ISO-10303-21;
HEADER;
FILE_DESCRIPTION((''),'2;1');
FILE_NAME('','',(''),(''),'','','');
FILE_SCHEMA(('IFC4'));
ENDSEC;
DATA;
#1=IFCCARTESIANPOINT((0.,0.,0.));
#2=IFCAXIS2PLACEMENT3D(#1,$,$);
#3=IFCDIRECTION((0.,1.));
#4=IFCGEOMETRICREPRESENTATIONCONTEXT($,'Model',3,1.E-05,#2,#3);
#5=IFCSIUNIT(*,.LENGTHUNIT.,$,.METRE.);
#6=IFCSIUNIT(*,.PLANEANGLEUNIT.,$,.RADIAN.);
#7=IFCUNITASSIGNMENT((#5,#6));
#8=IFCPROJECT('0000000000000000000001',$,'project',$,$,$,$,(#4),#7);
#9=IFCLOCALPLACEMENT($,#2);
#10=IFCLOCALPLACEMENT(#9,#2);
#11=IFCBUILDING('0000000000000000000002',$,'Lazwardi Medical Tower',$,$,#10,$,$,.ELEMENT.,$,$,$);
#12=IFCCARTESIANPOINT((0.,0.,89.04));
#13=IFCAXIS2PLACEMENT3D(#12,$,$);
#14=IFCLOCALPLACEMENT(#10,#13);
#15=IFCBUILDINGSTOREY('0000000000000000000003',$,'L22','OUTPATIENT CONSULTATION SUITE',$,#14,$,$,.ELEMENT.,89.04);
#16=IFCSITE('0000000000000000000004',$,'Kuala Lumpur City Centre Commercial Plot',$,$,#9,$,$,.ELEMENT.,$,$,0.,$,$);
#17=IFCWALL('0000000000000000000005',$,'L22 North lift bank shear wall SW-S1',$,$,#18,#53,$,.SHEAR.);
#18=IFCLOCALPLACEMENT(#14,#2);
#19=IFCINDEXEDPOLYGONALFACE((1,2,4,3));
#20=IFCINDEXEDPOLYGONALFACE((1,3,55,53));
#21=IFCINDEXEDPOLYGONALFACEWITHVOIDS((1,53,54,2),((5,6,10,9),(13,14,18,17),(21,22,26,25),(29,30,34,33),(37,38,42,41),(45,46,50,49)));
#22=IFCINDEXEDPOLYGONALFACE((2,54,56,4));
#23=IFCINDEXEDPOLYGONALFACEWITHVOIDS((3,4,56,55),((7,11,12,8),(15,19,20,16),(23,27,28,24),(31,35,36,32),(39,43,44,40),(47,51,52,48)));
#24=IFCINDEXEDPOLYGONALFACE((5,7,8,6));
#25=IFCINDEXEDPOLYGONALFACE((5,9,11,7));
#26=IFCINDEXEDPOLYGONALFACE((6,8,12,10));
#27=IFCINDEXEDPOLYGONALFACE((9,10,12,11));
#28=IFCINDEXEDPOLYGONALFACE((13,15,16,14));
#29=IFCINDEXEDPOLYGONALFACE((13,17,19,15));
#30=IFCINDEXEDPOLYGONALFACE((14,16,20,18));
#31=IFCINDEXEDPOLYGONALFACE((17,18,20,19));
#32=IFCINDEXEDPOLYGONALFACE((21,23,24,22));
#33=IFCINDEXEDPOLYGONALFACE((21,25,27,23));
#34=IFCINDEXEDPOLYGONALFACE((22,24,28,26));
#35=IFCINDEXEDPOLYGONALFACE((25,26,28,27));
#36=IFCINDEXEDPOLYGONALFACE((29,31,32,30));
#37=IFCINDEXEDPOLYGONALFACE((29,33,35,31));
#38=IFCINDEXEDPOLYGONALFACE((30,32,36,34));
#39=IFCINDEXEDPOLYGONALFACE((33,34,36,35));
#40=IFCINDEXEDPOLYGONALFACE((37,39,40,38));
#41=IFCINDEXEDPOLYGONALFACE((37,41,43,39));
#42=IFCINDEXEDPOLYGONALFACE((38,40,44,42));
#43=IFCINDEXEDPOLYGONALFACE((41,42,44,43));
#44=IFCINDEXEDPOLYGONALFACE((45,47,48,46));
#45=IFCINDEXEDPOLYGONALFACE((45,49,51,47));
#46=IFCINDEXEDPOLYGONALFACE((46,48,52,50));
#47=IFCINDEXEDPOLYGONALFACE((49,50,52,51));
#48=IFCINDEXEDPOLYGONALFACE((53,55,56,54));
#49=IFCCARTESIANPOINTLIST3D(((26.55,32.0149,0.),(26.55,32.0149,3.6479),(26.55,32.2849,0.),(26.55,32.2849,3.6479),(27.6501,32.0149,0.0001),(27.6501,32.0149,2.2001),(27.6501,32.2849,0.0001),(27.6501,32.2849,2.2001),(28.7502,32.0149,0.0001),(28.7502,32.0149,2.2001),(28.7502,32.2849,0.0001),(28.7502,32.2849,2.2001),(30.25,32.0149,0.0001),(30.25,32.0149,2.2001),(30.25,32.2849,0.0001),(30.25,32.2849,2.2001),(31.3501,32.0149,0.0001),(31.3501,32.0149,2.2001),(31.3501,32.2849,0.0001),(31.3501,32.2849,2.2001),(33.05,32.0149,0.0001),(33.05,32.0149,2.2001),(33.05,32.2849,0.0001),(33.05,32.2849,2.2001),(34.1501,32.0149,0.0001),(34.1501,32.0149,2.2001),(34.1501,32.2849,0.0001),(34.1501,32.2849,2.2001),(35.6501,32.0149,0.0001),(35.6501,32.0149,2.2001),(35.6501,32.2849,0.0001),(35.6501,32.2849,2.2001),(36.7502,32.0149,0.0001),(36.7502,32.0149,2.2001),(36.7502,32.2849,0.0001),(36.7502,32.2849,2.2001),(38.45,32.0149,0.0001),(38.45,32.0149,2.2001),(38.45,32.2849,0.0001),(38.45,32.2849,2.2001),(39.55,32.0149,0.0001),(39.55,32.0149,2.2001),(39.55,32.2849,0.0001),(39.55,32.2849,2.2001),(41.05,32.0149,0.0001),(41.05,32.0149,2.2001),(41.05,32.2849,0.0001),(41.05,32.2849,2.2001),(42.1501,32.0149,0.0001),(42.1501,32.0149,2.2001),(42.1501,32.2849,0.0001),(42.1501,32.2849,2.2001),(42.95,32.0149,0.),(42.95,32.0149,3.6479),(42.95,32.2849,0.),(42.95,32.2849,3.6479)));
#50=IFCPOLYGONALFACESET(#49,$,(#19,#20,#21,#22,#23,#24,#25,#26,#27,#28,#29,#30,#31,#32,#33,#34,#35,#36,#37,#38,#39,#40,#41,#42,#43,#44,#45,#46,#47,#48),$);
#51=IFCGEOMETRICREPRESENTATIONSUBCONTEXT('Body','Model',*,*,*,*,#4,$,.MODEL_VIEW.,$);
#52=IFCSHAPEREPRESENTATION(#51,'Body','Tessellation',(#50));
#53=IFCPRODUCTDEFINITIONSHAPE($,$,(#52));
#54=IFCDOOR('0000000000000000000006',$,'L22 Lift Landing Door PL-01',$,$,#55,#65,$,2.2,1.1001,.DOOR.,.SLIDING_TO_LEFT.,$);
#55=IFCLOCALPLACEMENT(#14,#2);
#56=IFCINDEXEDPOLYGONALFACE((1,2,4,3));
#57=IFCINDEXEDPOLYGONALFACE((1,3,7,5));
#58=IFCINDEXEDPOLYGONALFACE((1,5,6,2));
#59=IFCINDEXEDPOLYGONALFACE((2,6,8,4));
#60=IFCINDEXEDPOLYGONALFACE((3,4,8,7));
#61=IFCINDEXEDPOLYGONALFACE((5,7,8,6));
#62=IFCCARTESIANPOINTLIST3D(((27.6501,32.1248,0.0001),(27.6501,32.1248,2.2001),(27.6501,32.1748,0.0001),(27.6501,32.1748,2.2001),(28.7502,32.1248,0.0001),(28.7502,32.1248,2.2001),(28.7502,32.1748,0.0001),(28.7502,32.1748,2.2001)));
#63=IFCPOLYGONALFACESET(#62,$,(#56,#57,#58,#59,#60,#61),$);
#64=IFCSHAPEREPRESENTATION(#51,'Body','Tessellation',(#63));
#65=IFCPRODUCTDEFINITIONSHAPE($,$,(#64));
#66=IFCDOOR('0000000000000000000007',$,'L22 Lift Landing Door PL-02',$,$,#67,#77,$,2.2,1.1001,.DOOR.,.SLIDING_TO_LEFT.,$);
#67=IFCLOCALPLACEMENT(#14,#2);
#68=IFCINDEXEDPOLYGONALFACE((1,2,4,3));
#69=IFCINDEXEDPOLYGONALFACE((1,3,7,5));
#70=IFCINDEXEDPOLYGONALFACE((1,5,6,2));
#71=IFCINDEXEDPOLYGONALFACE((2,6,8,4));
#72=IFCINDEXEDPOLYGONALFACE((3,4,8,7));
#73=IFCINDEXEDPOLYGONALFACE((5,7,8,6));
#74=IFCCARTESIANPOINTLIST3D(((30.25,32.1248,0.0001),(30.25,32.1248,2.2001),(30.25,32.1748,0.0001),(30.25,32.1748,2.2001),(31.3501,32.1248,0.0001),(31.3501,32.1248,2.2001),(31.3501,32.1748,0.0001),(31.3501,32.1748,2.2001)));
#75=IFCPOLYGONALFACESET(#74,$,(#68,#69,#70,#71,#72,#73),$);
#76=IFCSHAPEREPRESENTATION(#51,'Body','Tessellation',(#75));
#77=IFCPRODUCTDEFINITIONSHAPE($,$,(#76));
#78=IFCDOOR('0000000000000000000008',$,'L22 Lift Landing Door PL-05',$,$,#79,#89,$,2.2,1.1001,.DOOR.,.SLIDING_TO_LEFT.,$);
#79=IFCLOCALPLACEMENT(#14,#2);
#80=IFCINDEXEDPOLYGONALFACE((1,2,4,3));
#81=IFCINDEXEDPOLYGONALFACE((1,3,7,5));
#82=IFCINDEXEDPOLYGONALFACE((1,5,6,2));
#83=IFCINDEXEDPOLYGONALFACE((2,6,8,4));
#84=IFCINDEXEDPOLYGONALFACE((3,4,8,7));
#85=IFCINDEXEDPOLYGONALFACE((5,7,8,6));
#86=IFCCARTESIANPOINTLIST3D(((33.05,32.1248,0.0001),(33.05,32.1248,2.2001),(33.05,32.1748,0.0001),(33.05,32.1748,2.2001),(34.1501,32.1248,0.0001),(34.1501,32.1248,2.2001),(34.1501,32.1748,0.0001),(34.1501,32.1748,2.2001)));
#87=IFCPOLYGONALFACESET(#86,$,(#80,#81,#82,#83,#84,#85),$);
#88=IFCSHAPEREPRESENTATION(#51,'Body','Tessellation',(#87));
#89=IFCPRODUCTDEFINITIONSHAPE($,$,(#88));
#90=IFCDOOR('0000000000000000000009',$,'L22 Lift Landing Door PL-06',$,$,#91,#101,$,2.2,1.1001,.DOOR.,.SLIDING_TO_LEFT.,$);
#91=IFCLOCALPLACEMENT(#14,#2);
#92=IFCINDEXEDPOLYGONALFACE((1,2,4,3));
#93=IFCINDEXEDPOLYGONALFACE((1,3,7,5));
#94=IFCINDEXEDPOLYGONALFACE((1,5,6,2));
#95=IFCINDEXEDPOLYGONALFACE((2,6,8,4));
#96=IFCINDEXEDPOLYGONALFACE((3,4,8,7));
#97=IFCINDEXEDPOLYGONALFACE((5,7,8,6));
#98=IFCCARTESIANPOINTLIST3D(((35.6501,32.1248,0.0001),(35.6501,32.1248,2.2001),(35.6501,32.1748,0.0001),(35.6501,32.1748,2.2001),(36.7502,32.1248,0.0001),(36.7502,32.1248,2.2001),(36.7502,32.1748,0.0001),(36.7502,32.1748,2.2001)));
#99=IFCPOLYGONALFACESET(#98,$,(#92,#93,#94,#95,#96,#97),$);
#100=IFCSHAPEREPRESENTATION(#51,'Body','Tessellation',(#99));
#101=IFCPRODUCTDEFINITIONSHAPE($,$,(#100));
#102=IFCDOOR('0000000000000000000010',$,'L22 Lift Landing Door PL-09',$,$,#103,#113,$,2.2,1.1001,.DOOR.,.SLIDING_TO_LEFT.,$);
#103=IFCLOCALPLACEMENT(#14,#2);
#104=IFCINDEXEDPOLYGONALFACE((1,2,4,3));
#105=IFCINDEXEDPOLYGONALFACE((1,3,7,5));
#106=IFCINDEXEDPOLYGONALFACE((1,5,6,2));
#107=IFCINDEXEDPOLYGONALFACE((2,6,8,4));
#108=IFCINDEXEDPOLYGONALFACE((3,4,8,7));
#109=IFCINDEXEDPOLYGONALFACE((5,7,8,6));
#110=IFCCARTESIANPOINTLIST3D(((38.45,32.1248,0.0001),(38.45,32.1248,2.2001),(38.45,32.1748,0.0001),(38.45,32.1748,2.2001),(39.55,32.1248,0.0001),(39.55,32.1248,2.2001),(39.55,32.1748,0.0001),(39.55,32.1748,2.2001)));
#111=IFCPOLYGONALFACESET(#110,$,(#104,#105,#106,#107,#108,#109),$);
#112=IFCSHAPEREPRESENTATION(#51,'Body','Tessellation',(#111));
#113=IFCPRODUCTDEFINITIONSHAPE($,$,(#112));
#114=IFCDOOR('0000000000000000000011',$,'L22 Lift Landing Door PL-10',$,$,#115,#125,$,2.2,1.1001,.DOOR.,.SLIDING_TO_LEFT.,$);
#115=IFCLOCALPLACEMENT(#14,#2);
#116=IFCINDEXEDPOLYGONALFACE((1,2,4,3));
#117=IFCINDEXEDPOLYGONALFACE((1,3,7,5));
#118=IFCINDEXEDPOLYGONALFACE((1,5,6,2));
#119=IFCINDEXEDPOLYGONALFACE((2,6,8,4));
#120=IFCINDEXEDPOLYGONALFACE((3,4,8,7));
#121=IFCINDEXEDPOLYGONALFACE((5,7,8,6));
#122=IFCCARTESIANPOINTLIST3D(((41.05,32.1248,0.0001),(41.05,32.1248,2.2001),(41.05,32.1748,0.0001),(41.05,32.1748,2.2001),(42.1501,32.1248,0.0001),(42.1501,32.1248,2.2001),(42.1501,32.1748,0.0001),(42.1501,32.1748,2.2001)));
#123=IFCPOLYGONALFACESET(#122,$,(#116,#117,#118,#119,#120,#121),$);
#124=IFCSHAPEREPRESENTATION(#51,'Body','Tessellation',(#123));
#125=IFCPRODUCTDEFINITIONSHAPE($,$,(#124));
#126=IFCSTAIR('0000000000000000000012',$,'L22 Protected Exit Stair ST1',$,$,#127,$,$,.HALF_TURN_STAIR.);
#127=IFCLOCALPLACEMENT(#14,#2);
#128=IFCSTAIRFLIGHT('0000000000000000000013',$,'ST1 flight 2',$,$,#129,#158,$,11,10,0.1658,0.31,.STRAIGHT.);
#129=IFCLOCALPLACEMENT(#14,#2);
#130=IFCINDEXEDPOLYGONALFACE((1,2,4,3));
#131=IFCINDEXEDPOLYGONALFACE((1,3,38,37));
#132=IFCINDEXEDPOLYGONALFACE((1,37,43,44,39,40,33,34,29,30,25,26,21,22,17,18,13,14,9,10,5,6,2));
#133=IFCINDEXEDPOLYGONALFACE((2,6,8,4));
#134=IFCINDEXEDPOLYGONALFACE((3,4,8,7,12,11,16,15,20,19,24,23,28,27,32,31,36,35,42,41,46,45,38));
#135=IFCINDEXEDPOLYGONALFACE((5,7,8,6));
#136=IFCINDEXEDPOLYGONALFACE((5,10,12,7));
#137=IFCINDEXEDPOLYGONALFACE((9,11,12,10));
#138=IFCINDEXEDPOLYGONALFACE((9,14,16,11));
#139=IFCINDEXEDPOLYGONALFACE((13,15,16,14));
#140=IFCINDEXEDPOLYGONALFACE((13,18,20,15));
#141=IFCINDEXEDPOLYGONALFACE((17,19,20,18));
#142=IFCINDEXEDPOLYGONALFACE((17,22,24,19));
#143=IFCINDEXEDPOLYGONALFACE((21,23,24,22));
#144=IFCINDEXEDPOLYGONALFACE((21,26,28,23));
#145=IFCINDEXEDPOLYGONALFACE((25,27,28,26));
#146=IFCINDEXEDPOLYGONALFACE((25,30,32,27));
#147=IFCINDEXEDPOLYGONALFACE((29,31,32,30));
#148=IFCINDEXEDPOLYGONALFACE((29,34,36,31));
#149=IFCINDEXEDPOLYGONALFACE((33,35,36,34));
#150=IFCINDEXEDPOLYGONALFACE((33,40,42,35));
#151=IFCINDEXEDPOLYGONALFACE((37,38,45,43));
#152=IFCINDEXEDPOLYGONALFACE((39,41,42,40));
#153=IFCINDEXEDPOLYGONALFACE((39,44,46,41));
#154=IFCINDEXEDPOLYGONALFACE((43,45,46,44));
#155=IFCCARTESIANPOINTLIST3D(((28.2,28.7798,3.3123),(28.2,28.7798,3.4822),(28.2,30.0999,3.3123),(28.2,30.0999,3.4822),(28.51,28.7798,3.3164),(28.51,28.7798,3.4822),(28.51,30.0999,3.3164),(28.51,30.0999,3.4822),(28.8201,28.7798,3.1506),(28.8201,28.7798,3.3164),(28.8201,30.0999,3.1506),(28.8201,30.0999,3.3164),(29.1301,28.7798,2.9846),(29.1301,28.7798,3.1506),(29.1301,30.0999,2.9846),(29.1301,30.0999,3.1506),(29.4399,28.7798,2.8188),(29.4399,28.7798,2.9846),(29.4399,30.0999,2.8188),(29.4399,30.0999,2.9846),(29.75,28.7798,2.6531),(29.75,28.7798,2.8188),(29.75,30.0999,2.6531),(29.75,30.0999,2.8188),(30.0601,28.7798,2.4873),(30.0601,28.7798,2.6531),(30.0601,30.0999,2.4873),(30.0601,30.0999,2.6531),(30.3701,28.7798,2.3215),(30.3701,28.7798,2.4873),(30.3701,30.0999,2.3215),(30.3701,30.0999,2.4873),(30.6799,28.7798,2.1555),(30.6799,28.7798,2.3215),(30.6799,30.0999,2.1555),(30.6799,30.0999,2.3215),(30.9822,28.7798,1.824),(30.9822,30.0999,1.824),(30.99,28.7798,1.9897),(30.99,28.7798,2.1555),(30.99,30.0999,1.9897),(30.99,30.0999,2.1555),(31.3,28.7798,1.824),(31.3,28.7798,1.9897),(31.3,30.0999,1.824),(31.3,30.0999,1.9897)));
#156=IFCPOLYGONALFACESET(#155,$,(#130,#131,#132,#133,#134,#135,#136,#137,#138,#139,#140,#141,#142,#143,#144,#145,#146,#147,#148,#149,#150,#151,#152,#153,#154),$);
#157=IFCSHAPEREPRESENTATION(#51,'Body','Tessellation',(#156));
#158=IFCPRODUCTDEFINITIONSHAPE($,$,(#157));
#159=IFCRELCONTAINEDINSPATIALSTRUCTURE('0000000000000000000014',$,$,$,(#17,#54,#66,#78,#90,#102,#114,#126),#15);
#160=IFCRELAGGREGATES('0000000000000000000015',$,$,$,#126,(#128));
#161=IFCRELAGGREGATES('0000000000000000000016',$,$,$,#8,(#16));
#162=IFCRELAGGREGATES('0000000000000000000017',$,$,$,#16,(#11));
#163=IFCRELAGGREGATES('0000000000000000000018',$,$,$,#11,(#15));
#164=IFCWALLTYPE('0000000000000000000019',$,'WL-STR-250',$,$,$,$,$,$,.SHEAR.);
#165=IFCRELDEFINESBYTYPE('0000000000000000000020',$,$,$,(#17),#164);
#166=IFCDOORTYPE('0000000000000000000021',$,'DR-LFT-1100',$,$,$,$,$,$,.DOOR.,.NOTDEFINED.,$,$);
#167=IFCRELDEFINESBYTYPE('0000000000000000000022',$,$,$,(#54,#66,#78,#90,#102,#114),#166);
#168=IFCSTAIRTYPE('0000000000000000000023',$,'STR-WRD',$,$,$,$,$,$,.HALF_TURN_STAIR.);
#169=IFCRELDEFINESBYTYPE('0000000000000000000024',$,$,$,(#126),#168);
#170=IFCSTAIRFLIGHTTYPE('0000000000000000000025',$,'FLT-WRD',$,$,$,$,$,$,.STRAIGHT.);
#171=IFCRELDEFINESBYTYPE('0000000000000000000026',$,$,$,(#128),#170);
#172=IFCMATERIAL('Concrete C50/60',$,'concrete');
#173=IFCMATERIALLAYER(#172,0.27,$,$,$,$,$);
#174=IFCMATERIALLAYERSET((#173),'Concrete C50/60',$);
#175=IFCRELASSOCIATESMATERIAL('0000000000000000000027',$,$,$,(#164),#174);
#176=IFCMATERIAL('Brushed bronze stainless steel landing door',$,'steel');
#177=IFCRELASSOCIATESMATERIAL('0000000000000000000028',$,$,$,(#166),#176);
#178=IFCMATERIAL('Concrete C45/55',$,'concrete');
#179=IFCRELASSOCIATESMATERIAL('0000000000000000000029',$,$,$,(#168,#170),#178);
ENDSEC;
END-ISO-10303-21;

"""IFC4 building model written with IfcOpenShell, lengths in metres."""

from ifc_helpers import new_model, si_unit, direction, frame, frame_2d, origin, place, context, subcontext, project, spatial, polyline, rectangle, outline, extrude, material, layer, layer_set, type_object, element, fill, aggregate, save


model = new_model("IFC4")

# Units and contexts
model_context = context("Model", 3, precision=1e-05, world=origin(), true_north=direction((0.0, 1.0)))
body_context = subcontext(model_context, "Body", "Model", "MODEL_VIEW")
ifc_project = project(units=[si_unit("LENGTHUNIT", "METRE"), si_unit("PLANEANGLEUNIT", "RADIAN")], contexts=[model_context])

# Site, building, storey
site_placement = place(None, origin())
site = spatial("IfcSite", under=ifc_project, at=site_placement, Name="Kuala Lumpur City Centre Commercial Plot", CompositionType="ELEMENT", RefElevation=0.0)
building_placement = place(site_placement, origin())
building = spatial("IfcBuilding", under=site, at=building_placement, Name="Lazwardi Medical Tower", CompositionType="ELEMENT")
storey_placement = place(building_placement, frame((0.0, 0.0, 89.04)))
storey = spatial("IfcBuildingStorey", under=building, at=storey_placement, Name="L22", Description="OUTPATIENT CONSULTATION SUITE", CompositionType="ELEMENT", Elevation=89.04)

# Shared definitions
ifc_material_1 = material(Name="Concrete C50/60", Category="concrete")
ifc_layer_1 = layer(ifc_material_1, 0.27)
ifc_layer_set_1 = layer_set([ifc_layer_1], Name="Concrete C50/60")
wall_type_1 = type_object("IfcWallType", Name="WL-STR-250", PredefinedType="SHEAR", material=ifc_layer_set_1)

# Wall, openings, doors
wall_1_placement = place(storey_placement, frame((26.55, 32.1499, 0.0), z_axis=(0.0, 0.0, 1.0), x_axis=(1.0, 0.0, 0.0)))
wall_1 = element("IfcWall", 1, at=wall_1_placement, inside=storey, type_object=wall_type_1, Name="L22 North lift bank shear wall SW-S1", PredefinedType="SHEAR", context=body_context, shape_type="SweptSolid", body=[
    extrude(rectangle(XDim=16.3999, YDim=0.27, at=frame_2d((8.2, 0.0))), origin(), (0.0, 0.0, 1.0), 3.6479),
])
opening_1_placement = place(wall_1_placement, frame((1.1001, 0.0, 0.0)))
opening_1 = element("IfcOpeningElement", 2, at=opening_1_placement, cuts=wall_1, PredefinedType="OPENING", context=body_context, shape_type="SweptSolid", body=[
    extrude(rectangle(XDim=1.1001, YDim=2.2, at=frame_2d((0.55, 1.1001))), frame((0.0, 0.145, 0.0), z_axis=(0.0, -1.0, 0.0), x_axis=(1.0, 0.0, 0.0)), (0.0, 0.0, 1.0), 0.29),
])
opening_2_placement = place(wall_1_placement, frame((3.7, 0.0, 0.0)))
opening_2 = element("IfcOpeningElement", 3, at=opening_2_placement, cuts=wall_1, PredefinedType="OPENING", context=body_context, shape_type="SweptSolid", body=[
    extrude(rectangle(XDim=1.1001, YDim=2.2, at=frame_2d((0.55, 1.1001))), frame((0.0, 0.145, 0.0), z_axis=(0.0, -1.0, 0.0), x_axis=(1.0, 0.0, 0.0)), (0.0, 0.0, 1.0), 0.29),
])
opening_3_placement = place(wall_1_placement, frame((6.5, 0.0, 0.0)))
opening_3 = element("IfcOpeningElement", 4, at=opening_3_placement, cuts=wall_1, PredefinedType="OPENING", context=body_context, shape_type="SweptSolid", body=[
    extrude(rectangle(XDim=1.1001, YDim=2.2, at=frame_2d((0.55, 1.1001))), frame((0.0, 0.145, 0.0), z_axis=(0.0, -1.0, 0.0), x_axis=(1.0, 0.0, 0.0)), (0.0, 0.0, 1.0), 0.29),
])
opening_4_placement = place(wall_1_placement, frame((9.1001, 0.0, 0.0)))
opening_4 = element("IfcOpeningElement", 5, at=opening_4_placement, cuts=wall_1, PredefinedType="OPENING", context=body_context, shape_type="SweptSolid", body=[
    extrude(rectangle(XDim=1.1001, YDim=2.2, at=frame_2d((0.55, 1.1001))), frame((0.0, 0.145, 0.0), z_axis=(0.0, -1.0, 0.0), x_axis=(1.0, 0.0, 0.0)), (0.0, 0.0, 1.0), 0.29),
])
opening_5_placement = place(wall_1_placement, frame((11.8999, 0.0, 0.0)))
opening_5 = element("IfcOpeningElement", 6, at=opening_5_placement, cuts=wall_1, PredefinedType="OPENING", context=body_context, shape_type="SweptSolid", body=[
    extrude(rectangle(XDim=1.1001, YDim=2.2, at=frame_2d((0.55, 1.1001))), frame((0.0, 0.145, 0.0), z_axis=(0.0, -1.0, 0.0), x_axis=(1.0, 0.0, 0.0)), (0.0, 0.0, 1.0), 0.29),
])
opening_6_placement = place(wall_1_placement, frame((14.5, 0.0, 0.0)))
opening_6 = element("IfcOpeningElement", 7, at=opening_6_placement, cuts=wall_1, PredefinedType="OPENING", context=body_context, shape_type="SweptSolid", body=[
    extrude(rectangle(XDim=1.1001, YDim=2.2, at=frame_2d((0.55, 1.1001))), frame((0.0, 0.145, 0.0), z_axis=(0.0, -1.0, 0.0), x_axis=(1.0, 0.0, 0.0)), (0.0, 0.0, 1.0), 0.29),
])
ifc_material_2 = material(Name="Brushed bronze stainless steel landing door", Category="steel")
door_type_1 = type_object("IfcDoorType", Name="DR-LFT-1100", OperationType="NOTDEFINED", PredefinedType="DOOR", material=ifc_material_2)
door_1_placement = place(opening_1_placement, origin())
door_1 = element("IfcDoor", 8, at=door_1_placement, inside=storey, type_object=door_type_1, Name="L22 Lift Landing Door PL-01", OperationType="SLIDING_TO_LEFT", OverallHeight=2.2, OverallWidth=1.1001, PredefinedType="DOOR", context=body_context, shape_type="SweptSolid", body=[
    extrude(rectangle(XDim=1.1001, YDim=2.2, at=frame_2d((0.55, 1.1001))), frame((0.0, 0.0249, 0.0), z_axis=(0.0, -1.0, 0.0), x_axis=(1.0, 0.0, 0.0)), (0.0, 0.0, 1.0), 0.05),
])
fill(opening_1, door_1)
door_2_placement = place(opening_2_placement, origin())
door_2 = element("IfcDoor", 9, at=door_2_placement, inside=storey, type_object=door_type_1, Name="L22 Lift Landing Door PL-02", OperationType="SLIDING_TO_LEFT", OverallHeight=2.2, OverallWidth=1.1001, PredefinedType="DOOR", context=body_context, shape_type="SweptSolid", body=[
    extrude(rectangle(XDim=1.1001, YDim=2.2, at=frame_2d((0.55, 1.1001))), frame((0.0, 0.0249, 0.0), z_axis=(0.0, -1.0, 0.0), x_axis=(1.0, 0.0, 0.0)), (0.0, 0.0, 1.0), 0.05),
])
fill(opening_2, door_2)
door_3_placement = place(opening_3_placement, origin())
door_3 = element("IfcDoor", 10, at=door_3_placement, inside=storey, type_object=door_type_1, Name="L22 Lift Landing Door PL-05", OperationType="SLIDING_TO_LEFT", OverallHeight=2.2, OverallWidth=1.1001, PredefinedType="DOOR", context=body_context, shape_type="SweptSolid", body=[
    extrude(rectangle(XDim=1.1001, YDim=2.2, at=frame_2d((0.55, 1.1001))), frame((0.0, 0.0249, 0.0), z_axis=(0.0, -1.0, 0.0), x_axis=(1.0, 0.0, 0.0)), (0.0, 0.0, 1.0), 0.05),
])
fill(opening_3, door_3)
door_4_placement = place(opening_4_placement, origin())
door_4 = element("IfcDoor", 11, at=door_4_placement, inside=storey, type_object=door_type_1, Name="L22 Lift Landing Door PL-06", OperationType="SLIDING_TO_LEFT", OverallHeight=2.2, OverallWidth=1.1001, PredefinedType="DOOR", context=body_context, shape_type="SweptSolid", body=[
    extrude(rectangle(XDim=1.1001, YDim=2.2, at=frame_2d((0.55, 1.1001))), frame((0.0, 0.0249, 0.0), z_axis=(0.0, -1.0, 0.0), x_axis=(1.0, 0.0, 0.0)), (0.0, 0.0, 1.0), 0.05),
])
fill(opening_4, door_4)
door_5_placement = place(opening_5_placement, origin())
door_5 = element("IfcDoor", 12, at=door_5_placement, inside=storey, type_object=door_type_1, Name="L22 Lift Landing Door PL-09", OperationType="SLIDING_TO_LEFT", OverallHeight=2.2, OverallWidth=1.1001, PredefinedType="DOOR", context=body_context, shape_type="SweptSolid", body=[
    extrude(rectangle(XDim=1.1001, YDim=2.2, at=frame_2d((0.55, 1.1001))), frame((0.0, 0.0249, 0.0), z_axis=(0.0, -1.0, 0.0), x_axis=(1.0, 0.0, 0.0)), (0.0, 0.0, 1.0), 0.05),
])
fill(opening_5, door_5)
door_6_placement = place(opening_6_placement, origin())
door_6 = element("IfcDoor", 13, at=door_6_placement, inside=storey, type_object=door_type_1, Name="L22 Lift Landing Door PL-10", OperationType="SLIDING_TO_LEFT", OverallHeight=2.2, OverallWidth=1.1001, PredefinedType="DOOR", context=body_context, shape_type="SweptSolid", body=[
    extrude(rectangle(XDim=1.1001, YDim=2.2, at=frame_2d((0.55, 1.1001))), frame((0.0, 0.0249, 0.0), z_axis=(0.0, -1.0, 0.0), x_axis=(1.0, 0.0, 0.0)), (0.0, 0.0, 1.0), 0.05),
])
fill(opening_6, door_6)

# Stair, stair flight
ifc_material_3 = material(Name="Concrete C45/55", Category="concrete")
stair_type = type_object("IfcStairType", Name="STR-WRD", PredefinedType="HALF_TURN_STAIR", material=ifc_material_3)
stair_placement = place(storey_placement, origin())
stair = element("IfcStair", 14, at=stair_placement, inside=storey, type_object=stair_type, Name="L22 Protected Exit Stair ST1", PredefinedType="HALF_TURN_STAIR")
stair_flight_type = type_object("IfcStairFlightType", Name="FLT-WRD", PredefinedType="STRAIGHT", material=ifc_material_3)
stair_flight_placement = place(storey_placement, frame((31.3, 29.4399, 1.824), z_axis=(0.0, 0.0, 1.0), x_axis=(-1.0, 0.0, 0.0)))
stair_flight = element("IfcStairFlight", 15, at=stair_flight_placement, type_object=stair_flight_type, Name="ST1 flight 2", NumberOfRisers=11, NumberOfTreads=10, PredefinedType="STRAIGHT", RiserHeight=0.1658, TreadLength=0.31, context=body_context, shape_type="SweptSolid", body=[
    extrude(outline(polyline([(0.0, 0.0), (0.0, 0.1658), (0.3101, 0.1658), (0.3101, 0.3315), (0.6201, 0.3315), (0.6201, 0.4976), (0.9299, 0.4976), (0.9299, 0.6633), (1.24, 0.6633), (1.24, 0.8291), (1.55, 0.8291), (1.55, 0.9949), (1.8601, 0.9949), (1.8601, 1.1606), (2.1699, 1.1606), (2.1699, 1.3267), (2.48, 1.3267), (2.48, 1.4924), (2.79, 1.4924), (2.79, 1.6582), (3.1001, 1.6582), (3.1001, 1.824), (3.1001, 1.4883), (0.3179, 0.0), (0.0, 0.0)])), frame((0.0, 0.6602, 0.0), z_axis=(0.0, -1.0, 0.0), x_axis=(1.0, 0.0, 0.0)), (0.0, 0.0, 1.0), 1.3201),
])
aggregate(stair, [stair_flight])

save(model, "model.ifc")
